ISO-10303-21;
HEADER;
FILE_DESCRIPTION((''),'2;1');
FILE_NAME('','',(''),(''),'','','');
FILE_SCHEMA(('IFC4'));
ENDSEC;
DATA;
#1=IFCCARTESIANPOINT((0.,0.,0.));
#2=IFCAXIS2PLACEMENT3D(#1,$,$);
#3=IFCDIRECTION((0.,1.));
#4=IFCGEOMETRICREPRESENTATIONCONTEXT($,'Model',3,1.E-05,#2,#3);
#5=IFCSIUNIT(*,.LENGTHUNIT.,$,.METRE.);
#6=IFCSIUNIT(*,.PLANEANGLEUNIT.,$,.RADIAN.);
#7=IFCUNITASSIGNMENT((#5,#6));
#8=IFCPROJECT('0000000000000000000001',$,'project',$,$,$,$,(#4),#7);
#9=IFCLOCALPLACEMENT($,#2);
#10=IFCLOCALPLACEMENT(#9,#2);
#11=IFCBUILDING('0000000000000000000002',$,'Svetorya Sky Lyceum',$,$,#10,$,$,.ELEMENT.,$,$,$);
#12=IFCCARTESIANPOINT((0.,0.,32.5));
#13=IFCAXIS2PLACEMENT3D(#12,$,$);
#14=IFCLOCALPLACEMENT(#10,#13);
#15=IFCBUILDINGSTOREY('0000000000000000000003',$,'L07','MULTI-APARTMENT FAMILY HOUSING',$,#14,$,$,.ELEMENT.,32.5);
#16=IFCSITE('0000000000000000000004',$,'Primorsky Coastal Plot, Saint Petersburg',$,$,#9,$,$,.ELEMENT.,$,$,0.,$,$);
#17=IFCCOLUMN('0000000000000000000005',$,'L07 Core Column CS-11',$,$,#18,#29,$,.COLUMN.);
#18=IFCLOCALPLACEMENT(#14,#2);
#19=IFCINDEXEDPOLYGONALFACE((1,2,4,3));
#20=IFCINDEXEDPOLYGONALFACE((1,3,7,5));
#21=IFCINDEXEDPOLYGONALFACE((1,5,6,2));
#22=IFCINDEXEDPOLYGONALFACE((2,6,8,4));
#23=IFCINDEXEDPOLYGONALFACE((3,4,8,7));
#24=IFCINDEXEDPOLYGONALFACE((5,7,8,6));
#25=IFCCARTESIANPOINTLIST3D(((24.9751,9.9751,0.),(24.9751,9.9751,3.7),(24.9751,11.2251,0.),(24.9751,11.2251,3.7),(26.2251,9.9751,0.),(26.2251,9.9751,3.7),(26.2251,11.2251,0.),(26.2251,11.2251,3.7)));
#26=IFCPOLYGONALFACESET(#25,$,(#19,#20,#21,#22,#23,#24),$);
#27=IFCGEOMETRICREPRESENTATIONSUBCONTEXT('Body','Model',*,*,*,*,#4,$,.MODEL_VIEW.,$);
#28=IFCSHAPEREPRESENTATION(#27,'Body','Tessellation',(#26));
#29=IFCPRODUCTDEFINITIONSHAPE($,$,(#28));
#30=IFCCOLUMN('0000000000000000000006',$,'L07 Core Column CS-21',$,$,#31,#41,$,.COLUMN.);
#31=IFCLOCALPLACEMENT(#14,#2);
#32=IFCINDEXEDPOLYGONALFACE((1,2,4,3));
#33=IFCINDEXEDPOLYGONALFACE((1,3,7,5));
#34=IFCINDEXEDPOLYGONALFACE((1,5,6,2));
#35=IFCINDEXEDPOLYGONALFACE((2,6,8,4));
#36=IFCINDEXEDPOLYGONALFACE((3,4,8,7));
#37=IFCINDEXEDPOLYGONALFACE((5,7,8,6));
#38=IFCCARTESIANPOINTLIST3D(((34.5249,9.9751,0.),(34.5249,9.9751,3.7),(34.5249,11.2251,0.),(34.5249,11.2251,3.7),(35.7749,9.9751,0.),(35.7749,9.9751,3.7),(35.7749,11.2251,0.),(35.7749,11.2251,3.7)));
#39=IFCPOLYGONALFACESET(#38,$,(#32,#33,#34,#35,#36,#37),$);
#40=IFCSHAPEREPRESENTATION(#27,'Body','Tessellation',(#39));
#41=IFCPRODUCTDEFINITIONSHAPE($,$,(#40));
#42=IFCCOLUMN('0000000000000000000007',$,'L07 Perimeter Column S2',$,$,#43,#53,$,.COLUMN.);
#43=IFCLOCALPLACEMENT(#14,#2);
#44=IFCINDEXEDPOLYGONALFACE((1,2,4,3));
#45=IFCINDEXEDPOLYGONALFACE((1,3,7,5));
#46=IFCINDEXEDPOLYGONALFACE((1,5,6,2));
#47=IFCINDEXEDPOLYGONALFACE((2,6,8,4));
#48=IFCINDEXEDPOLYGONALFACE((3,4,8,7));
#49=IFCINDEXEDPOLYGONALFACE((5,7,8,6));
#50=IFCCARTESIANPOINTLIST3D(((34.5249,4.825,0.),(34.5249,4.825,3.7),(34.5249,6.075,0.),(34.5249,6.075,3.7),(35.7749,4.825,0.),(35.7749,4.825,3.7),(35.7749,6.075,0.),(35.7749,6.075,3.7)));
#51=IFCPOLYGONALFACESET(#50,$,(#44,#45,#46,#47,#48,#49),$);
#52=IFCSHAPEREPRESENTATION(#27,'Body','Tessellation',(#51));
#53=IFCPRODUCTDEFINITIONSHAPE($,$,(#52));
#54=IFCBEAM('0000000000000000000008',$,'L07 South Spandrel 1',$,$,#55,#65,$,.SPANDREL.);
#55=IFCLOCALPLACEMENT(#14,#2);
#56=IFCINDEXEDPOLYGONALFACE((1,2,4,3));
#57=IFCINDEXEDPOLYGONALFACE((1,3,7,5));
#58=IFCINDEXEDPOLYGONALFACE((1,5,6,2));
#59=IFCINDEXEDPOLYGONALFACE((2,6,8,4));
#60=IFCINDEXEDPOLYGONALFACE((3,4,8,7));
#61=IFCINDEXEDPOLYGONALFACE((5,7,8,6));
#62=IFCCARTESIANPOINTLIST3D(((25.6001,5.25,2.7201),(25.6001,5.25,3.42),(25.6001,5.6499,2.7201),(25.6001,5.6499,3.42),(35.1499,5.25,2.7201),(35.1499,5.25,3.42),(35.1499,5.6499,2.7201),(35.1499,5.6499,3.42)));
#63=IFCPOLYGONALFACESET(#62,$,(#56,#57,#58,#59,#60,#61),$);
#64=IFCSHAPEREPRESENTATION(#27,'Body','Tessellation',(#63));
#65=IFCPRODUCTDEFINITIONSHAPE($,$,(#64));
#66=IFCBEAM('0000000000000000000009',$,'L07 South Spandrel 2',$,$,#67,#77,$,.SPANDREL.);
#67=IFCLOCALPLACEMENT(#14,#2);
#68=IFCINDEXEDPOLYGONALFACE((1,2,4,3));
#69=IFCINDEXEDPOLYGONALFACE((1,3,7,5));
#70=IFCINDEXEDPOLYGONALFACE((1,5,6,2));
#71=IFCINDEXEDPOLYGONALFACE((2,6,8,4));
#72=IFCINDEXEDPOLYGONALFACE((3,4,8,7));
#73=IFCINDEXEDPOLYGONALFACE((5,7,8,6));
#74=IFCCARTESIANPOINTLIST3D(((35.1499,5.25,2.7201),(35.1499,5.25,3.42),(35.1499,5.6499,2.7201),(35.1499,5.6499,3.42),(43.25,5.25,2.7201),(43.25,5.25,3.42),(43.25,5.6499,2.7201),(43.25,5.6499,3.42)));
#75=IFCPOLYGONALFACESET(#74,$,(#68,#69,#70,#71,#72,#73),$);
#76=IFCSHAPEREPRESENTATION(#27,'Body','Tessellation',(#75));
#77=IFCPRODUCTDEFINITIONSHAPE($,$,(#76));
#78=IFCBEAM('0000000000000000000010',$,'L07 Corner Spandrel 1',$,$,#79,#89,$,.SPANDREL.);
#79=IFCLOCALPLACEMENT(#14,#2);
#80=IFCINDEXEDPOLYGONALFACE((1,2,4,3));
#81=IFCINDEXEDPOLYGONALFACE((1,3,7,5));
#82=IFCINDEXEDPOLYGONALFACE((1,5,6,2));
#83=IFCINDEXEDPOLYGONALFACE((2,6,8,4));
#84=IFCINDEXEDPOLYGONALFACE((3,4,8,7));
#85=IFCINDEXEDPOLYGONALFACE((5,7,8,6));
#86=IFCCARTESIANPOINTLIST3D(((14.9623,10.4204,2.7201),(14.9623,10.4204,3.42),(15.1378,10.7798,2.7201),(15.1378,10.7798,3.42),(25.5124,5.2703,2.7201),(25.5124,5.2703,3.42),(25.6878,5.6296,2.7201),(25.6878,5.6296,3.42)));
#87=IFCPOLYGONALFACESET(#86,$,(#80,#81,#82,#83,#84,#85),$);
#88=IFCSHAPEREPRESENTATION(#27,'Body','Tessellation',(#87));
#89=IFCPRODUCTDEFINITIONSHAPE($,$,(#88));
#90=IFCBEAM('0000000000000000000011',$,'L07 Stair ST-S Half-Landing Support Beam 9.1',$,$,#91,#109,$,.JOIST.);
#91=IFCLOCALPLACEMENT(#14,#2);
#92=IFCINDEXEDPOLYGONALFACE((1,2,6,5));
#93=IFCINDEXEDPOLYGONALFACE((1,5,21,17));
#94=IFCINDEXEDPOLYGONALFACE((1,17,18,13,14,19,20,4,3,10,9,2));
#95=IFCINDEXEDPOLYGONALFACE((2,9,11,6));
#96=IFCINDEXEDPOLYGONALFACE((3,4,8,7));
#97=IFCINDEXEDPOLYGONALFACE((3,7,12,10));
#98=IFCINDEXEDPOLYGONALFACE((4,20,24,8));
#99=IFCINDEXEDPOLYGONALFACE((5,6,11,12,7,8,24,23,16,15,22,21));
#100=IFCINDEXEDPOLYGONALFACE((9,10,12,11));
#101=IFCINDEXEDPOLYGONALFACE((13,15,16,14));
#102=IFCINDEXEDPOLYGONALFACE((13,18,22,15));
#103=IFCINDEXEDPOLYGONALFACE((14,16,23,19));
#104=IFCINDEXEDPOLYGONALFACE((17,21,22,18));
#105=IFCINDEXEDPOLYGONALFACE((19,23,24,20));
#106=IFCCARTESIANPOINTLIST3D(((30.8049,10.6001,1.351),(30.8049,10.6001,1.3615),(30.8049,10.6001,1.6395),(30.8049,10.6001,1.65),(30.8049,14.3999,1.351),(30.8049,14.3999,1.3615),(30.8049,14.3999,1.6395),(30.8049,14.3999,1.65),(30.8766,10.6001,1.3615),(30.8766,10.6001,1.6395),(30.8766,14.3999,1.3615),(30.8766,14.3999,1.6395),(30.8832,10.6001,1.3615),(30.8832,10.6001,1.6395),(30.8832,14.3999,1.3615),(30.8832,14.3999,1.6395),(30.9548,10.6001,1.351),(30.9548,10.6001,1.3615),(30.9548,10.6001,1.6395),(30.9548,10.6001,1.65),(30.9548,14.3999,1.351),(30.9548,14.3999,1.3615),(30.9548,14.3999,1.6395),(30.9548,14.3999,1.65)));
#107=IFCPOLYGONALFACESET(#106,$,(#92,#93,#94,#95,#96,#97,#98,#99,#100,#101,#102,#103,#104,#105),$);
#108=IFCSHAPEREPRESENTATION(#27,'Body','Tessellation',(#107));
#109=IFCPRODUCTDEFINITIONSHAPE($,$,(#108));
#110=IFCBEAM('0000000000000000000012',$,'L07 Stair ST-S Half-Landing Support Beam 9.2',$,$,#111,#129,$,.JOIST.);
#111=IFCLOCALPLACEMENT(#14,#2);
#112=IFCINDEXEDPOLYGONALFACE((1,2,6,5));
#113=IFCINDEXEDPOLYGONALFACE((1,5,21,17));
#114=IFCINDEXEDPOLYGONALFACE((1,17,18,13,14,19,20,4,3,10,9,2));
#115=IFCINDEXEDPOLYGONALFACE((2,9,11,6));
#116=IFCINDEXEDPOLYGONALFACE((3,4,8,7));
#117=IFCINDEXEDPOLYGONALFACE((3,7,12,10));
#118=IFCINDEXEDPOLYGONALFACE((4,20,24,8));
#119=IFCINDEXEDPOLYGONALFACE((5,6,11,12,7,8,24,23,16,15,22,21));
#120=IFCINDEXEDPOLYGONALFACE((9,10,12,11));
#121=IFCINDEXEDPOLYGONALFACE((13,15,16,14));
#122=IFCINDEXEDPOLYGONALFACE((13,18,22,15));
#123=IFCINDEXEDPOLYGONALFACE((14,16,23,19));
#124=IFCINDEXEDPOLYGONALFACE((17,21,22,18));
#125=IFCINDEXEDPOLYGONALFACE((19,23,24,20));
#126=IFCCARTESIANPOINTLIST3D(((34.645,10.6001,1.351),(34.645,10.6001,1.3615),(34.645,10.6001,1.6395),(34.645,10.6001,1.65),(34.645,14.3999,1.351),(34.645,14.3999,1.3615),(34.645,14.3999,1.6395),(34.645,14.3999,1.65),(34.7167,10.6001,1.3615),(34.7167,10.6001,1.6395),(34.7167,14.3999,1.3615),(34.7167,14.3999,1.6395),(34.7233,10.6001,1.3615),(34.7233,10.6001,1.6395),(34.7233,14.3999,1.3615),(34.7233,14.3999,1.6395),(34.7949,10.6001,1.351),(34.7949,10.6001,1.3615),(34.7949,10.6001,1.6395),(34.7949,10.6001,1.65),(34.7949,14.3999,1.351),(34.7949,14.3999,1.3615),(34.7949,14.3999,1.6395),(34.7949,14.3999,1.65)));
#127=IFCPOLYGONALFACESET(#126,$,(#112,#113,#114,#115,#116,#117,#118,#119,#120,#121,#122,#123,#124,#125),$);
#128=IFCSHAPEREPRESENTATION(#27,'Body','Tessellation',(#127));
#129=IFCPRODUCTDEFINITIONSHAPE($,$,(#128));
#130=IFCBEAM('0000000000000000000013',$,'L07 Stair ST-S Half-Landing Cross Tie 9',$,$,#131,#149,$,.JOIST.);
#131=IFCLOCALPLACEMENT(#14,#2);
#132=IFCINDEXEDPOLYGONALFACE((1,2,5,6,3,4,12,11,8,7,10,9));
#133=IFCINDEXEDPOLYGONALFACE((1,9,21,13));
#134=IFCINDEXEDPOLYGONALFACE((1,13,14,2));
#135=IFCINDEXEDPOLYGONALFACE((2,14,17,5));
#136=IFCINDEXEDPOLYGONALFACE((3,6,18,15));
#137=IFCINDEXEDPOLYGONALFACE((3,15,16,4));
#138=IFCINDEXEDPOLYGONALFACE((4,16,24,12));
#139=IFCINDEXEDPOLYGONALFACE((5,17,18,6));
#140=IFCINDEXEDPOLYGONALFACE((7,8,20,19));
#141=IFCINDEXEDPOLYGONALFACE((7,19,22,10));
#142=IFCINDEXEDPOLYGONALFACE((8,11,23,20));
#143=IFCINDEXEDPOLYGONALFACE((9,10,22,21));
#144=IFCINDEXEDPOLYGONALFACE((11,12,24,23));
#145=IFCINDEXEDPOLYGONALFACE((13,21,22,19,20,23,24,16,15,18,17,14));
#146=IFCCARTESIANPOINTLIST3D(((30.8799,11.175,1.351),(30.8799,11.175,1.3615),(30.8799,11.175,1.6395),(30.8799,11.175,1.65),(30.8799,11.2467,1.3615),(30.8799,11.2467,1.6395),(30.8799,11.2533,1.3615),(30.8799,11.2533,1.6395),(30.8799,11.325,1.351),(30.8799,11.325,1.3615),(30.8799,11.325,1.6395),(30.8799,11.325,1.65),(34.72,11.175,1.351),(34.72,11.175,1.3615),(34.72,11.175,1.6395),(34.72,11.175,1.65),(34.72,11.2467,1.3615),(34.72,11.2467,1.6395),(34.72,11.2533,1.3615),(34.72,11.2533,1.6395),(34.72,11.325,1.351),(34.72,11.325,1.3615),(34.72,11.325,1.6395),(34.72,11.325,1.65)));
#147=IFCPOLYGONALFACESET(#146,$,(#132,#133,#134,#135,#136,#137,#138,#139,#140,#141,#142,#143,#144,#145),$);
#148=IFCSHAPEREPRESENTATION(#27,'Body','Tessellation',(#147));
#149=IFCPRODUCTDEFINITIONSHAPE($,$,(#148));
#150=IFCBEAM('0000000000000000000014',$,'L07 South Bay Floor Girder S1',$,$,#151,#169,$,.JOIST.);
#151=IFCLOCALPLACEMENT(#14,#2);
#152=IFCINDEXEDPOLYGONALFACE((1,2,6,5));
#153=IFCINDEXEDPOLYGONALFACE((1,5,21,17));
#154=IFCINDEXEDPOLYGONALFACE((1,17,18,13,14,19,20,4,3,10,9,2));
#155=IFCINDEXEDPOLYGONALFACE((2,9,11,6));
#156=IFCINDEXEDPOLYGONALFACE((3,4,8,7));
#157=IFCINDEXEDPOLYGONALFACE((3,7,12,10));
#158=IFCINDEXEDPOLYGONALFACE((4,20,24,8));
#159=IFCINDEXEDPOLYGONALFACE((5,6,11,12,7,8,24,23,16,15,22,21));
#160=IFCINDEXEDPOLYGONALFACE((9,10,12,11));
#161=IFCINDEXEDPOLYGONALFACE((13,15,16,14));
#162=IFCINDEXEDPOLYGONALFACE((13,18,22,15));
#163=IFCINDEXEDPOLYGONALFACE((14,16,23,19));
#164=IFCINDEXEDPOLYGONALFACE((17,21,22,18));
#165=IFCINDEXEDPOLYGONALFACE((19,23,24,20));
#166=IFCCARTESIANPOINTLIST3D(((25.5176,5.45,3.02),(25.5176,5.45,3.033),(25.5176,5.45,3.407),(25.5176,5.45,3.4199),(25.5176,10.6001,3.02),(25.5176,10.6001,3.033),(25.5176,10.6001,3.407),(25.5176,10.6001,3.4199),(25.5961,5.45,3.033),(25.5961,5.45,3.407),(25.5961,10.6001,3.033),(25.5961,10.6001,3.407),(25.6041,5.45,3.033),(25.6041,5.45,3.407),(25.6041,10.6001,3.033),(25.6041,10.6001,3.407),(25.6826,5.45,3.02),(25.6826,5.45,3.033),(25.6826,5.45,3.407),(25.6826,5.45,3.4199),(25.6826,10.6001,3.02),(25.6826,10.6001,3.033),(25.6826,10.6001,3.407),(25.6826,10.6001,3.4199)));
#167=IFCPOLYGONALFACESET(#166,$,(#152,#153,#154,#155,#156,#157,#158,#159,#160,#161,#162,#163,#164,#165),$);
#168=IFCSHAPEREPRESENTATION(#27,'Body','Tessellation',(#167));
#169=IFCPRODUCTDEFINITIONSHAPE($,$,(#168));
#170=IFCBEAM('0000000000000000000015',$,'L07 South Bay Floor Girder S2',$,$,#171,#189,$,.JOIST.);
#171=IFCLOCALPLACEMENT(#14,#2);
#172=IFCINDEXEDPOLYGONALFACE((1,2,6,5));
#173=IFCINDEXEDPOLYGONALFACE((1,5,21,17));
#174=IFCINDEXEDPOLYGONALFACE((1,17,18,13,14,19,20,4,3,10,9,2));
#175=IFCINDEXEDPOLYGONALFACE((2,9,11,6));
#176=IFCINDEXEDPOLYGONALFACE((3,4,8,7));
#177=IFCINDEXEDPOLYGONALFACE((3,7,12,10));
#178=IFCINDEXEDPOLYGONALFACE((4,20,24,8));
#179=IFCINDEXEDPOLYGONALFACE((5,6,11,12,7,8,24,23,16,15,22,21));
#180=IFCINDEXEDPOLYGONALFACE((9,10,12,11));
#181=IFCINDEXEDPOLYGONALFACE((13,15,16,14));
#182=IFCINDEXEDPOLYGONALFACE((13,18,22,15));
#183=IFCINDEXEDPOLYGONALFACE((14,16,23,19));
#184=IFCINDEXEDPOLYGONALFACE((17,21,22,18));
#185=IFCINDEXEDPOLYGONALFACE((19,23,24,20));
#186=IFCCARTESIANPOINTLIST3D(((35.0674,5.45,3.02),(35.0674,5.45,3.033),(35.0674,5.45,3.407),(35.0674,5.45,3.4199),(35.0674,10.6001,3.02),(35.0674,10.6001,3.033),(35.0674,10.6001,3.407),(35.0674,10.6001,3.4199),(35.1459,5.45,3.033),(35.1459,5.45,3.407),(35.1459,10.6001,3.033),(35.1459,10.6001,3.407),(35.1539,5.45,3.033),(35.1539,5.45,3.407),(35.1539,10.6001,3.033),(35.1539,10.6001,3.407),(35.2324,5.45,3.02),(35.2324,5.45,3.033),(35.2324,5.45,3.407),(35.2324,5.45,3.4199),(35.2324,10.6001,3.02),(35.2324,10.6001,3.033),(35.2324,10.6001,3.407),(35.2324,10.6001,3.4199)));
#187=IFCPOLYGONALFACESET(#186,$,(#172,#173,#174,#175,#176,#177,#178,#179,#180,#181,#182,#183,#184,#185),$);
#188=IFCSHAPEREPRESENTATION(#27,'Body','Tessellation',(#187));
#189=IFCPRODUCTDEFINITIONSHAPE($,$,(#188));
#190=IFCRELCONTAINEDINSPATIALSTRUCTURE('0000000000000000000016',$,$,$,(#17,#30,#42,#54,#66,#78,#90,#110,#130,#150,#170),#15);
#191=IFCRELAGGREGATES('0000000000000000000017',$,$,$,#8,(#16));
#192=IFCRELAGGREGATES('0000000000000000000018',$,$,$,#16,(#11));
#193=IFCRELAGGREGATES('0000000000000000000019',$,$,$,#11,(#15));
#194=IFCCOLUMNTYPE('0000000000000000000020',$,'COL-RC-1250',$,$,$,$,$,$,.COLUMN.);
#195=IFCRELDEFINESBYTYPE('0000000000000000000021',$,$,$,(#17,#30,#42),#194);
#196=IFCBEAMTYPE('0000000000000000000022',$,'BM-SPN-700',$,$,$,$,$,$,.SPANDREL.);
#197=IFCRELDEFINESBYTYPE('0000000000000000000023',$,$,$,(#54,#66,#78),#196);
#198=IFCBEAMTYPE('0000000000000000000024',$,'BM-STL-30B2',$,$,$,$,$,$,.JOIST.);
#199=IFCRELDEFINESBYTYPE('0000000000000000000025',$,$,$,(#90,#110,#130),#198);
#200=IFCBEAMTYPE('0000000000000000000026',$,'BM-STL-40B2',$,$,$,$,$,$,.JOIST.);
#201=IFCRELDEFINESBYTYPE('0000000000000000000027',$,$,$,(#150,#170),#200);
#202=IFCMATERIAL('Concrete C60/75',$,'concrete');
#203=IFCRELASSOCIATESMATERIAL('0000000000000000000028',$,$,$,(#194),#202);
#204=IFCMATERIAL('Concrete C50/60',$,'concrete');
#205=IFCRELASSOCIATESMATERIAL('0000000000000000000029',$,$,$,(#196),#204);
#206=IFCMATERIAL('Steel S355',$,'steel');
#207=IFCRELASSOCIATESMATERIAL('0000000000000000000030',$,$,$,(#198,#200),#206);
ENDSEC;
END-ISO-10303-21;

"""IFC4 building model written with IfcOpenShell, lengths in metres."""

from ifc_helpers import new_model, si_unit, direction, frame, origin, origin_2d, place, context, subcontext, project, spatial, rectangle, i_section, extrude, material, material_profile, profile_set, type_object, element, save


model = new_model("IFC4")

# Units and contexts
model_context = context("Model", 3, precision=1e-05, world=origin(), true_north=direction((0.0, 1.0)))
body_context = subcontext(model_context, "Body", "Model", "MODEL_VIEW")
ifc_project = project(units=[si_unit("LENGTHUNIT", "METRE"), si_unit("PLANEANGLEUNIT", "RADIAN")], contexts=[model_context])

# Site, building, storey
site_placement = place(None, origin())
site = spatial("IfcSite", under=ifc_project, at=site_placement, Name="Primorsky Coastal Plot, Saint Petersburg", CompositionType="ELEMENT", RefElevation=0.0)
building_placement = place(site_placement, origin())
building = spatial("IfcBuilding", under=site, at=building_placement, Name="Svetorya Sky Lyceum", CompositionType="ELEMENT")
storey_placement = place(building_placement, frame((0.0, 0.0, 32.5)))
storey = spatial("IfcBuildingStorey", under=building, at=storey_placement, Name="L07", Description="MULTI-APARTMENT FAMILY HOUSING", CompositionType="ELEMENT", Elevation=32.5)

# Columns
ifc_material_1 = material(Name="Concrete C60/75", Category="concrete")
ifc_material_profile_1 = material_profile(ifc_material_1, rectangle(XDim=1.25, YDim=1.25, at=origin_2d()), Name="RC COL 1250x1250")
ifc_profile_set_1 = profile_set([ifc_material_profile_1], Name="Concrete C60/75")
column_type = type_object("IfcColumnType", Name="COL-RC-1250", PredefinedType="COLUMN", material=ifc_profile_set_1)
for number, where, z_axis, x_axis, name in (
    (1, (25.6001, 10.6001, 0.0), (0.0, 0.0, 1.0), (1.0, 0.0, 0.0), "L07 Core Column CS-11"),
    (2, (35.1499, 10.6001, 0.0), (0.0, 0.0, 1.0), (1.0, 0.0, 0.0), "L07 Core Column CS-21"),
    (3, (35.1499, 5.45, 0.0), (0.0, 0.0, 1.0), (1.0, 0.0, 0.0), "L07 Perimeter Column S2"),
):
    element("IfcColumn", number, at=place(storey_placement, frame(where, z_axis=z_axis, x_axis=x_axis)), inside=storey, type_object=column_type, Name=name, PredefinedType="COLUMN", context=body_context, shape_type="SweptSolid", body=[
        extrude(rectangle(XDim=1.25, YDim=1.25, at=origin_2d()), origin(), (0.0, 0.0, 1.0), 3.7),
    ])

# Beams
ifc_material_2 = material(Name="Concrete C50/60", Category="concrete")
ifc_material_profile_2 = material_profile(ifc_material_2, rectangle(XDim=0.3999, YDim=0.7, at=origin_2d()), Name="RC SPANDREL 400x700")
ifc_profile_set_2 = profile_set([ifc_material_profile_2], Name="Concrete C50/60")
beam_type_1 = type_object("IfcBeamType", Name="BM-SPN-700", PredefinedType="SPANDREL", material=ifc_profile_set_2)
beam_1_placement = place(storey_placement, frame((25.6001, 5.45, 3.0701), z_axis=(1.0, 0.0, 0.0), x_axis=(0.0, 1.0, 0.0)))
element("IfcBeam", 4, at=beam_1_placement, inside=storey, type_object=beam_type_1, Name="L07 South Spandrel 1", PredefinedType="SPANDREL", context=body_context, shape_type="SweptSolid", body=[
    extrude(rectangle(XDim=0.3999, YDim=0.7, at=origin_2d()), origin(), (0.0, 0.0, 1.0), 9.5498),
])
beam_2_placement = place(storey_placement, frame((35.1499, 5.45, 3.0701), z_axis=(1.0, 0.0, 0.0), x_axis=(0.0, 1.0, 0.0)))
element("IfcBeam", 5, at=beam_2_placement, inside=storey, type_object=beam_type_1, Name="L07 South Spandrel 2", PredefinedType="SPANDREL", context=body_context, shape_type="SweptSolid", body=[
    extrude(rectangle(XDim=0.3999, YDim=0.7, at=origin_2d()), origin(), (0.0, 0.0, 1.0), 8.1001),
])
beam_3_placement = place(storey_placement, frame((25.6001, 5.45, 3.0701), z_axis=(-0.898641, 0.438684, 0.0), x_axis=(-0.438684, -0.898641, 0.0)))
element("IfcBeam", 6, at=beam_3_placement, inside=storey, type_object=beam_type_1, Name="L07 Corner Spandrel 1", PredefinedType="SPANDREL", context=body_context, shape_type="SweptSolid", body=[
    extrude(rectangle(XDim=0.3999, YDim=0.7, at=origin_2d()), origin(), (0.0, 0.0, 1.0), 11.74),
])
ifc_material_3 = material(Name="Steel S355", Category="steel")
ifc_material_profile_3 = material_profile(ifc_material_3, i_section(OverallWidth=0.1499, OverallDepth=0.2991, WebThickness=0.0066, FlangeThickness=0.0105, at=origin_2d()), Name="GOST 30B2")
ifc_profile_set_3 = profile_set([ifc_material_profile_3], Name="Steel S355")
beam_type_2 = type_object("IfcBeamType", Name="BM-STL-30B2", PredefinedType="JOIST", material=ifc_profile_set_3)
for number, where, z_axis, x_axis, name in (
    (7, (30.8799, 10.6001, 1.5005), (0.0, 1.0, 0.0), (-1.0, 0.0, 0.0), "L07 Stair ST-S Half-Landing Support Beam 9.1"),
    (8, (34.72, 10.6001, 1.5005), (0.0, 1.0, 0.0), (-1.0, 0.0, 0.0), "L07 Stair ST-S Half-Landing Support Beam 9.2"),
):
    element("IfcBeam", number, at=place(storey_placement, frame(where, z_axis=z_axis, x_axis=x_axis)), inside=storey, type_object=beam_type_2, Name=name, PredefinedType="JOIST", context=body_context, shape_type="SweptSolid", body=[
        extrude(i_section(OverallWidth=0.1499, OverallDepth=0.2991, WebThickness=0.0066, FlangeThickness=0.0105, at=origin_2d()), origin(), (0.0, 0.0, 1.0), 3.7998),
    ])
beam_4_placement = place(storey_placement, frame((30.8799, 11.25, 1.5005), z_axis=(1.0, 0.0, 0.0), x_axis=(0.0, 1.0, 0.0)))
element("IfcBeam", 9, at=beam_4_placement, inside=storey, type_object=beam_type_2, Name="L07 Stair ST-S Half-Landing Cross Tie 9", PredefinedType="JOIST", context=body_context, shape_type="SweptSolid", body=[
    extrude(i_section(OverallWidth=0.1499, OverallDepth=0.2991, WebThickness=0.0066, FlangeThickness=0.0105, at=origin_2d()), origin(), (0.0, 0.0, 1.0), 3.8401),
])
ifc_material_profile_4 = material_profile(ifc_material_3, i_section(OverallWidth=0.165, OverallDepth=0.3999, WebThickness=0.0081, FlangeThickness=0.0129, at=origin_2d()), Name="GOST 40B2")
ifc_profile_set_4 = profile_set([ifc_material_profile_4], Name="Steel S355")
beam_type_3 = type_object("IfcBeamType", Name="BM-STL-40B2", PredefinedType="JOIST", material=ifc_profile_set_4)
for number, where, z_axis, x_axis, name in (
    (10, (25.6001, 5.45, 3.22), (0.0, 1.0, 0.0), (-1.0, 0.0, 0.0), "L07 South Bay Floor Girder S1"),
    (11, (35.1499, 5.45, 3.22), (0.0, 1.0, 0.0), (-1.0, 0.0, 0.0), "L07 South Bay Floor Girder S2"),
):
    element("IfcBeam", number, at=place(storey_placement, frame(where, z_axis=z_axis, x_axis=x_axis)), inside=storey, type_object=beam_type_3, Name=name, PredefinedType="JOIST", context=body_context, shape_type="SweptSolid", body=[
        extrude(i_section(OverallWidth=0.165, OverallDepth=0.3999, WebThickness=0.0081, FlangeThickness=0.0129, at=origin_2d()), origin(), (0.0, 0.0, 1.0), 5.1501),
    ])

save(model, "model.ifc")
